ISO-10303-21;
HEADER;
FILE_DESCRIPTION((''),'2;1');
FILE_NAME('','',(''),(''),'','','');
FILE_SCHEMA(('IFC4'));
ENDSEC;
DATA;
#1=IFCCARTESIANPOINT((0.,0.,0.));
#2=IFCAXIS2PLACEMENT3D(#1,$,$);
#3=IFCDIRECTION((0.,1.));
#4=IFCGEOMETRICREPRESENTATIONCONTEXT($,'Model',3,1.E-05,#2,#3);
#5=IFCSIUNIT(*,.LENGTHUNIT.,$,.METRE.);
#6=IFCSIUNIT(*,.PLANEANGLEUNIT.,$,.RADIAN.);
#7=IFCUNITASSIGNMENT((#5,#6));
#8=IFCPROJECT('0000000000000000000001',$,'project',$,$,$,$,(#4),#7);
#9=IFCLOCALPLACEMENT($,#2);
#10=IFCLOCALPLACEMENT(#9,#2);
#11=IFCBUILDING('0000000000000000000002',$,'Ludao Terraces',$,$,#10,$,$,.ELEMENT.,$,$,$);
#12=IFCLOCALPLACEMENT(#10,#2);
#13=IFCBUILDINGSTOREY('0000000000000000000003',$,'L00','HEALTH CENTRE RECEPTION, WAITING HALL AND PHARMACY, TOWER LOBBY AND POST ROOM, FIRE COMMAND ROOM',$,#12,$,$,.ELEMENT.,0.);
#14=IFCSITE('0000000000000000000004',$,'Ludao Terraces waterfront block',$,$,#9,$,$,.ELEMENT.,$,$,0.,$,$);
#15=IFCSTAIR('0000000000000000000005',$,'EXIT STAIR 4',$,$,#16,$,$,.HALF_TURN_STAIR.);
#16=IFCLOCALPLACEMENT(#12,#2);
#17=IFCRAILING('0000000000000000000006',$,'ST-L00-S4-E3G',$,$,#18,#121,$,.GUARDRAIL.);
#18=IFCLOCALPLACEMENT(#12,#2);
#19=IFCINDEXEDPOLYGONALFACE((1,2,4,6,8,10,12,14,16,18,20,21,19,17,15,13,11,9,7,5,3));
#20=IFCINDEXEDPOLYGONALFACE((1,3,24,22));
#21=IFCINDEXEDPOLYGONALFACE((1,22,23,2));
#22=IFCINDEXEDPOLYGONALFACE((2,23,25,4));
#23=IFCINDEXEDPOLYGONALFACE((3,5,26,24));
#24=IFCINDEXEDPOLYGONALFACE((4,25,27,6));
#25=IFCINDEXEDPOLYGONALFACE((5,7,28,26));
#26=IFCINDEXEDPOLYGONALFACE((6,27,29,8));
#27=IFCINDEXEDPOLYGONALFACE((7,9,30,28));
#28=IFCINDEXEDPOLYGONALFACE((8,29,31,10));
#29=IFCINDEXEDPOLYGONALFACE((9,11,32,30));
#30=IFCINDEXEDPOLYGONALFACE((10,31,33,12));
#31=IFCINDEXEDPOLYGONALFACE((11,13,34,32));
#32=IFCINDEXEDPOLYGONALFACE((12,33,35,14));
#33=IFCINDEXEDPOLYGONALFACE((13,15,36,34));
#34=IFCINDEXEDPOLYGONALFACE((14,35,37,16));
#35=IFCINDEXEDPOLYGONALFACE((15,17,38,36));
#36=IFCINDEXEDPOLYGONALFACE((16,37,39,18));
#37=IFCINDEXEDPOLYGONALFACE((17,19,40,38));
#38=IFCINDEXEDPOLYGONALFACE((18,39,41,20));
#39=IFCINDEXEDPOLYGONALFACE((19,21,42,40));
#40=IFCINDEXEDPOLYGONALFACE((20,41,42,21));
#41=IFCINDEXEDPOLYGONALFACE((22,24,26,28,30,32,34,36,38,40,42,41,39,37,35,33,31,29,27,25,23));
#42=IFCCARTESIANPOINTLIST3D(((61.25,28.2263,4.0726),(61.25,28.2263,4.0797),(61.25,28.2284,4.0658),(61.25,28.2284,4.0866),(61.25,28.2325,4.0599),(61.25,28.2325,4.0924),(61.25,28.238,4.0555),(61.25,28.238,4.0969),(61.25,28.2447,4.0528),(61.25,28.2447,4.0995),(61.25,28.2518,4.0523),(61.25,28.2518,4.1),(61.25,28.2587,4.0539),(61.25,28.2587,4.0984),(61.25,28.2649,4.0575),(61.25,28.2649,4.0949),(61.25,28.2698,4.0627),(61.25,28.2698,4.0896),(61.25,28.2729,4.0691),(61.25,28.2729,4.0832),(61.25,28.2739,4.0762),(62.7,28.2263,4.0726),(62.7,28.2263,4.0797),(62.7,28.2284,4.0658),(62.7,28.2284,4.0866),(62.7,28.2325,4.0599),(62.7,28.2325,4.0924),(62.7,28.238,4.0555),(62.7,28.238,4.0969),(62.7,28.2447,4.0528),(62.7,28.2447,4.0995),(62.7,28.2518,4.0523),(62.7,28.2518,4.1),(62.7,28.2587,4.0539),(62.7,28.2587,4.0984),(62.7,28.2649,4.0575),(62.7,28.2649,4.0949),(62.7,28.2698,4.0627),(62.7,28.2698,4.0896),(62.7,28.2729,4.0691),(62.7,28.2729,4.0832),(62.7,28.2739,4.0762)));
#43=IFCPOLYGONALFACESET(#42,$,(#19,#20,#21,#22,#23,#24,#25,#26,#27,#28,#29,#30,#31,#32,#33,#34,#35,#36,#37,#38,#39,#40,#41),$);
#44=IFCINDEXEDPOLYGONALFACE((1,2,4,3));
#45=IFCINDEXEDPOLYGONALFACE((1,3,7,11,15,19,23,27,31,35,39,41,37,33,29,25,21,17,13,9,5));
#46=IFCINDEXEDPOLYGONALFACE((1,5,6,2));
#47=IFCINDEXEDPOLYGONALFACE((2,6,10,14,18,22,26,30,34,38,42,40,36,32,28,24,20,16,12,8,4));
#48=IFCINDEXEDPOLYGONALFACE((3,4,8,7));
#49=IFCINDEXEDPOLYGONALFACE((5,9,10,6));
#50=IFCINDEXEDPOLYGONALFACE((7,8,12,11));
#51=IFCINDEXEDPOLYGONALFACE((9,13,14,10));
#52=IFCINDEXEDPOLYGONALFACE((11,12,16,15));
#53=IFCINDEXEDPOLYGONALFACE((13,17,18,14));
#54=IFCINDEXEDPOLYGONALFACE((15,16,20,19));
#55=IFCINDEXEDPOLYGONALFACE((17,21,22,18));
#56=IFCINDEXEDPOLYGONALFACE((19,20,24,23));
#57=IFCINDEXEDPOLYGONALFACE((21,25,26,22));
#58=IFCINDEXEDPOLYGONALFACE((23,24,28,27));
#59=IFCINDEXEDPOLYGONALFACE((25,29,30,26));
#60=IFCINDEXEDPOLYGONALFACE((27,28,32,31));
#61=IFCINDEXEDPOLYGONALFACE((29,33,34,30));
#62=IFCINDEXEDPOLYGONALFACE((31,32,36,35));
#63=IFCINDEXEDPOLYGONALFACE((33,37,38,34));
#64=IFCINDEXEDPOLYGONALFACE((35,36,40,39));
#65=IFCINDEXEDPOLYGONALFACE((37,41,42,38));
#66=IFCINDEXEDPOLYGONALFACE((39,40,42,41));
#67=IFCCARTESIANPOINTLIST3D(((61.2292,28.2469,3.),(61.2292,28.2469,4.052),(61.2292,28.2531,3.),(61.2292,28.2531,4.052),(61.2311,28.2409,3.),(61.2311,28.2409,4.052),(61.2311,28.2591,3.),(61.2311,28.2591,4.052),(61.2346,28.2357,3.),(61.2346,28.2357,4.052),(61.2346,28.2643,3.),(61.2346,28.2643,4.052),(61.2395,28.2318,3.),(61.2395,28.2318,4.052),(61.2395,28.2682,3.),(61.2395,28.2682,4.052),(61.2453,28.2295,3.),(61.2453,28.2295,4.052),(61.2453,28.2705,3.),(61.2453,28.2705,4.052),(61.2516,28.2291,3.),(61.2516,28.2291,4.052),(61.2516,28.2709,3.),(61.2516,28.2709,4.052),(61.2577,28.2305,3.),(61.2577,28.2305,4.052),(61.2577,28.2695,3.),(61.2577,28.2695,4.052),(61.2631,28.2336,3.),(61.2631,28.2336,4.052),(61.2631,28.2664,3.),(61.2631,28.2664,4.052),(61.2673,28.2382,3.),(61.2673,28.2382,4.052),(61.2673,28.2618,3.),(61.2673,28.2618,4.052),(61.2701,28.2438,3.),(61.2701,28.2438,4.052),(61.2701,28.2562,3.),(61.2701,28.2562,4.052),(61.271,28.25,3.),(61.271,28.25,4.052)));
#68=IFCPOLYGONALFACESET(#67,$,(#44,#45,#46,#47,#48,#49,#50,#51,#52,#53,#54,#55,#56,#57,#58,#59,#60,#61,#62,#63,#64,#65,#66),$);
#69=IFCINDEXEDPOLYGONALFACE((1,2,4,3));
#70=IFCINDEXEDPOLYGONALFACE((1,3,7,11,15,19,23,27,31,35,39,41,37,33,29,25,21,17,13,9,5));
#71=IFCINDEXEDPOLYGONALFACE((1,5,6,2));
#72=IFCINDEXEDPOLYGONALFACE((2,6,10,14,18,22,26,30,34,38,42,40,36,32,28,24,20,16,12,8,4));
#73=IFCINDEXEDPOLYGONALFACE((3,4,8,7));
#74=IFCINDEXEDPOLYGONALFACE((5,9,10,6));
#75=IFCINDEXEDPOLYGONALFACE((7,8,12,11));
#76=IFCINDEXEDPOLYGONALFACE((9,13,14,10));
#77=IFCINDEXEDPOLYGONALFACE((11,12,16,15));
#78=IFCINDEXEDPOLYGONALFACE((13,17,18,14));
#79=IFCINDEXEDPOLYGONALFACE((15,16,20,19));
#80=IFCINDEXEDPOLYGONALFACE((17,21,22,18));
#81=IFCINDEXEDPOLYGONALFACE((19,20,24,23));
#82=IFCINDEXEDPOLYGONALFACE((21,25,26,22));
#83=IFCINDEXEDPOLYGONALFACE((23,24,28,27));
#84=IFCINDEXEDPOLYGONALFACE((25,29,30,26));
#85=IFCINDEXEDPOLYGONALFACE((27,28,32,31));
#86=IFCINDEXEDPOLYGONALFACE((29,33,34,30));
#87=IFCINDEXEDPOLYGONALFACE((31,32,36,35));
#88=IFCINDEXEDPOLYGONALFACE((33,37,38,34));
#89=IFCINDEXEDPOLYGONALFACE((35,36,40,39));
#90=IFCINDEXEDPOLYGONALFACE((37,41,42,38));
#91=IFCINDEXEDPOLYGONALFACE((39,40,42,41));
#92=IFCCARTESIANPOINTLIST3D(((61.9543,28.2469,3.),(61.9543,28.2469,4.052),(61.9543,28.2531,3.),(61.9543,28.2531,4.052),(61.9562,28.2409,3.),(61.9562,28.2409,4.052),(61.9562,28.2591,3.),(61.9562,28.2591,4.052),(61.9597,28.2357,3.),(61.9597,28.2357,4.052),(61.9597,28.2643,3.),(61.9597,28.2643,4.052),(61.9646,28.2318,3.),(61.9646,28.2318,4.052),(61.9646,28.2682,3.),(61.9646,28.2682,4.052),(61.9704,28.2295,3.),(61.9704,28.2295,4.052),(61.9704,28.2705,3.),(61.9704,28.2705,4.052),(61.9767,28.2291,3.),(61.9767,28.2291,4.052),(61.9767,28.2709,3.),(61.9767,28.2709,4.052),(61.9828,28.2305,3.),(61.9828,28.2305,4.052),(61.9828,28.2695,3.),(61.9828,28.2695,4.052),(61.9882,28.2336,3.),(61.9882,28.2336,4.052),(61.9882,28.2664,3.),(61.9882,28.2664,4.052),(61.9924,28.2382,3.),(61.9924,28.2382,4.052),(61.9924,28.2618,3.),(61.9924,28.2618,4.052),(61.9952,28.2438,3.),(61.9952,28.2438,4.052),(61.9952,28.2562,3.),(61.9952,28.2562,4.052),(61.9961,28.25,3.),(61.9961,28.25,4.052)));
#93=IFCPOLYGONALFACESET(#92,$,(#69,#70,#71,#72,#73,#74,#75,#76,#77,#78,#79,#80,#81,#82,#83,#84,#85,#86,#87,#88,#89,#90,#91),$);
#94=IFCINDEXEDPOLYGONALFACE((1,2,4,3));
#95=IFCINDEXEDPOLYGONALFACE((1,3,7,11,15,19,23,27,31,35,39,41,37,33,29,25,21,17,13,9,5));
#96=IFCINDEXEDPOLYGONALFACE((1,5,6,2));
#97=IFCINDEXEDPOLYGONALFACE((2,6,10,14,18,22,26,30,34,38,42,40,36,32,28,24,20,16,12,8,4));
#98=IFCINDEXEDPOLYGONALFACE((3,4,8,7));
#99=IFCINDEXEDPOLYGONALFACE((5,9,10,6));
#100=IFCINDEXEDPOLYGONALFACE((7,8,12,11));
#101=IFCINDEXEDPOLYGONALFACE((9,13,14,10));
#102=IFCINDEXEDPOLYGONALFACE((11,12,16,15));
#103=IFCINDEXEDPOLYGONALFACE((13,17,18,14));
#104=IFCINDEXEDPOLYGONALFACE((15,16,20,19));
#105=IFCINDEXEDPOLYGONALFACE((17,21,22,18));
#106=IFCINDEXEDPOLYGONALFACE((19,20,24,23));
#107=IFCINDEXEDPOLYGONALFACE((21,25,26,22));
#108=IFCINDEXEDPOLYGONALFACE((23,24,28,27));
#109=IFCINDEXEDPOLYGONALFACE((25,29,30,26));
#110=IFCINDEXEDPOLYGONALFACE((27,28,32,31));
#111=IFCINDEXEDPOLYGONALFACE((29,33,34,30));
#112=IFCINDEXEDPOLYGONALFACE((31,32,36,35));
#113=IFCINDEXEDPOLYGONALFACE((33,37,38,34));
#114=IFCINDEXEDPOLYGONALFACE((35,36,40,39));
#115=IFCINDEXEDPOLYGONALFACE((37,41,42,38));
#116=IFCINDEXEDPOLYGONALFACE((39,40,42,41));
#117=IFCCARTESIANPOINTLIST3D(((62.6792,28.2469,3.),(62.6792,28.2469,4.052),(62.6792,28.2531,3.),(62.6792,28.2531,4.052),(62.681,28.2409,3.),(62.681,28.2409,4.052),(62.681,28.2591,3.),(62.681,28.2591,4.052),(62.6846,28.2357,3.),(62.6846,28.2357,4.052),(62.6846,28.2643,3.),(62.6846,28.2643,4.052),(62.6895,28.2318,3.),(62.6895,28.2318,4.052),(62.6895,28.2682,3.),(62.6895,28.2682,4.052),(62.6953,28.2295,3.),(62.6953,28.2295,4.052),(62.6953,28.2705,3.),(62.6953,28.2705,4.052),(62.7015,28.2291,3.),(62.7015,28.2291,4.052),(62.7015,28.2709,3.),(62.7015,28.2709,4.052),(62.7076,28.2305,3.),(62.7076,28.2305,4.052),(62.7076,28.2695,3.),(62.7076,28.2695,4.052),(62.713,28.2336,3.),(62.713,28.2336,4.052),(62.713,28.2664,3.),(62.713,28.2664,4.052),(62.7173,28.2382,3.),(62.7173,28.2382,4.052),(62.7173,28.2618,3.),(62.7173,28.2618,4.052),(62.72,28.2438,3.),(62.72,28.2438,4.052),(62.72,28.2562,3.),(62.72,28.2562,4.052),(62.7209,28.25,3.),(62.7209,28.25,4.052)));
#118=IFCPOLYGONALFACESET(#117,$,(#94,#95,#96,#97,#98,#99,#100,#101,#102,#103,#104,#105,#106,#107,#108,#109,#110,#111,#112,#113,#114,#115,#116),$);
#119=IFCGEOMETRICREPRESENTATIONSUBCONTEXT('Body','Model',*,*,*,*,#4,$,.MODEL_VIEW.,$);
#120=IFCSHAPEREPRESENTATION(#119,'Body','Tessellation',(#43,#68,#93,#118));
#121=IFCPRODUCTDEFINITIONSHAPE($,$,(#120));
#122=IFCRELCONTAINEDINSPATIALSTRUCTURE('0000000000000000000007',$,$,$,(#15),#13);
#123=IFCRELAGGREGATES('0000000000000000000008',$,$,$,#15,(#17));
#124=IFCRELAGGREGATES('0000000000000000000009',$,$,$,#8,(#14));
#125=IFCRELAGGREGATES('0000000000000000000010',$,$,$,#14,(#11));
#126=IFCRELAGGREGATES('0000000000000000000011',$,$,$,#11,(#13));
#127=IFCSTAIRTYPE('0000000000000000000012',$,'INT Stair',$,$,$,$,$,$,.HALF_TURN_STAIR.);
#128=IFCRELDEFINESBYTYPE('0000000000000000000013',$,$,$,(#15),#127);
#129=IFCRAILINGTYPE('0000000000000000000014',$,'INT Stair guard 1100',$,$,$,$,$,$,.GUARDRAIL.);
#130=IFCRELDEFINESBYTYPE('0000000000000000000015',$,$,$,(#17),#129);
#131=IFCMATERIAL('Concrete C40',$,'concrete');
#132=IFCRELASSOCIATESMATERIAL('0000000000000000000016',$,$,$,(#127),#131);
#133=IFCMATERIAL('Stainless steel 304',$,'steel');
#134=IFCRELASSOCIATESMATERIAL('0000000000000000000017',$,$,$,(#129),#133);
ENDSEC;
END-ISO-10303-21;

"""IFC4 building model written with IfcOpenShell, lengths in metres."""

from ifc_helpers import new_model, si_unit, direction, frame, origin, origin_2d, place, context, subcontext, project, spatial, circle, extrude, material, type_object, element, aggregate, save


model = new_model("IFC4")

# Units and contexts
model_context = context("Model", 3, precision=1e-05, world=origin(), true_north=direction((0.0, 1.0)))
body_context = subcontext(model_context, "Body", "Model", "MODEL_VIEW")
ifc_project = project(units=[si_unit("LENGTHUNIT", "METRE"), si_unit("PLANEANGLEUNIT", "RADIAN")], contexts=[model_context])

# Site, building, storey
site_placement = place(None, origin())
site = spatial("IfcSite", under=ifc_project, at=site_placement, Name="Ludao Terraces waterfront block", CompositionType="ELEMENT", RefElevation=0.0)
building_placement = place(site_placement, origin())
building = spatial("IfcBuilding", under=site, at=building_placement, Name="Ludao Terraces", CompositionType="ELEMENT")
storey_placement = place(building_placement, origin())
storey = spatial("IfcBuildingStorey", under=building, at=storey_placement, Name="L00", Description="HEALTH CENTRE RECEPTION, WAITING HALL AND PHARMACY, TOWER LOBBY AND POST ROOM, FIRE COMMAND ROOM", CompositionType="ELEMENT", Elevation=0.0)

# Shared definitions
ifc_material_1 = material(Name="Concrete C40", Category="concrete")

# Stair, railing
stair_type = type_object("IfcStairType", Name="INT Stair", PredefinedType="HALF_TURN_STAIR", material=ifc_material_1)
stair_placement = place(storey_placement, origin())
stair = element("IfcStair", 1, at=stair_placement, inside=storey, type_object=stair_type, Name="EXIT STAIR 4", PredefinedType="HALF_TURN_STAIR")
ifc_material_2 = material(Name="Stainless steel 304", Category="steel")
railing_type_1 = type_object("IfcRailingType", Name="INT Stair guard 1100", PredefinedType="GUARDRAIL", material=ifc_material_2)
railing_1_placement = place(storey_placement, frame((61.25, 28.25, 3.0)))
railing_1 = element("IfcRailing", 2, at=railing_1_placement, type_object=railing_type_1, Name="ST-L00-S4-E3G", PredefinedType="GUARDRAIL", context=body_context, shape_type="SweptSolid", body=[
    extrude(circle(Radius=0.0239, at=origin_2d()), frame((0.0, 0.0, 1.0762), z_axis=(1.0, 0.0, 0.0), x_axis=(0.0, 1.0, 0.0)), (0.0, 0.0, 1.0), 1.45),
    extrude(circle(Radius=0.021, at=origin_2d()), origin(), (0.0, 0.0, 1.0), 1.052),
    extrude(circle(Radius=0.021, at=origin_2d()), frame((0.7251, 0.0, 0.0)), (0.0, 0.0, 1.0), 1.052),
    extrude(circle(Radius=0.021, at=origin_2d()), frame((1.45, 0.0, 0.0)), (0.0, 0.0, 1.0), 1.052),
])
aggregate(stair, [railing_1])

save(model, "model.ifc")
